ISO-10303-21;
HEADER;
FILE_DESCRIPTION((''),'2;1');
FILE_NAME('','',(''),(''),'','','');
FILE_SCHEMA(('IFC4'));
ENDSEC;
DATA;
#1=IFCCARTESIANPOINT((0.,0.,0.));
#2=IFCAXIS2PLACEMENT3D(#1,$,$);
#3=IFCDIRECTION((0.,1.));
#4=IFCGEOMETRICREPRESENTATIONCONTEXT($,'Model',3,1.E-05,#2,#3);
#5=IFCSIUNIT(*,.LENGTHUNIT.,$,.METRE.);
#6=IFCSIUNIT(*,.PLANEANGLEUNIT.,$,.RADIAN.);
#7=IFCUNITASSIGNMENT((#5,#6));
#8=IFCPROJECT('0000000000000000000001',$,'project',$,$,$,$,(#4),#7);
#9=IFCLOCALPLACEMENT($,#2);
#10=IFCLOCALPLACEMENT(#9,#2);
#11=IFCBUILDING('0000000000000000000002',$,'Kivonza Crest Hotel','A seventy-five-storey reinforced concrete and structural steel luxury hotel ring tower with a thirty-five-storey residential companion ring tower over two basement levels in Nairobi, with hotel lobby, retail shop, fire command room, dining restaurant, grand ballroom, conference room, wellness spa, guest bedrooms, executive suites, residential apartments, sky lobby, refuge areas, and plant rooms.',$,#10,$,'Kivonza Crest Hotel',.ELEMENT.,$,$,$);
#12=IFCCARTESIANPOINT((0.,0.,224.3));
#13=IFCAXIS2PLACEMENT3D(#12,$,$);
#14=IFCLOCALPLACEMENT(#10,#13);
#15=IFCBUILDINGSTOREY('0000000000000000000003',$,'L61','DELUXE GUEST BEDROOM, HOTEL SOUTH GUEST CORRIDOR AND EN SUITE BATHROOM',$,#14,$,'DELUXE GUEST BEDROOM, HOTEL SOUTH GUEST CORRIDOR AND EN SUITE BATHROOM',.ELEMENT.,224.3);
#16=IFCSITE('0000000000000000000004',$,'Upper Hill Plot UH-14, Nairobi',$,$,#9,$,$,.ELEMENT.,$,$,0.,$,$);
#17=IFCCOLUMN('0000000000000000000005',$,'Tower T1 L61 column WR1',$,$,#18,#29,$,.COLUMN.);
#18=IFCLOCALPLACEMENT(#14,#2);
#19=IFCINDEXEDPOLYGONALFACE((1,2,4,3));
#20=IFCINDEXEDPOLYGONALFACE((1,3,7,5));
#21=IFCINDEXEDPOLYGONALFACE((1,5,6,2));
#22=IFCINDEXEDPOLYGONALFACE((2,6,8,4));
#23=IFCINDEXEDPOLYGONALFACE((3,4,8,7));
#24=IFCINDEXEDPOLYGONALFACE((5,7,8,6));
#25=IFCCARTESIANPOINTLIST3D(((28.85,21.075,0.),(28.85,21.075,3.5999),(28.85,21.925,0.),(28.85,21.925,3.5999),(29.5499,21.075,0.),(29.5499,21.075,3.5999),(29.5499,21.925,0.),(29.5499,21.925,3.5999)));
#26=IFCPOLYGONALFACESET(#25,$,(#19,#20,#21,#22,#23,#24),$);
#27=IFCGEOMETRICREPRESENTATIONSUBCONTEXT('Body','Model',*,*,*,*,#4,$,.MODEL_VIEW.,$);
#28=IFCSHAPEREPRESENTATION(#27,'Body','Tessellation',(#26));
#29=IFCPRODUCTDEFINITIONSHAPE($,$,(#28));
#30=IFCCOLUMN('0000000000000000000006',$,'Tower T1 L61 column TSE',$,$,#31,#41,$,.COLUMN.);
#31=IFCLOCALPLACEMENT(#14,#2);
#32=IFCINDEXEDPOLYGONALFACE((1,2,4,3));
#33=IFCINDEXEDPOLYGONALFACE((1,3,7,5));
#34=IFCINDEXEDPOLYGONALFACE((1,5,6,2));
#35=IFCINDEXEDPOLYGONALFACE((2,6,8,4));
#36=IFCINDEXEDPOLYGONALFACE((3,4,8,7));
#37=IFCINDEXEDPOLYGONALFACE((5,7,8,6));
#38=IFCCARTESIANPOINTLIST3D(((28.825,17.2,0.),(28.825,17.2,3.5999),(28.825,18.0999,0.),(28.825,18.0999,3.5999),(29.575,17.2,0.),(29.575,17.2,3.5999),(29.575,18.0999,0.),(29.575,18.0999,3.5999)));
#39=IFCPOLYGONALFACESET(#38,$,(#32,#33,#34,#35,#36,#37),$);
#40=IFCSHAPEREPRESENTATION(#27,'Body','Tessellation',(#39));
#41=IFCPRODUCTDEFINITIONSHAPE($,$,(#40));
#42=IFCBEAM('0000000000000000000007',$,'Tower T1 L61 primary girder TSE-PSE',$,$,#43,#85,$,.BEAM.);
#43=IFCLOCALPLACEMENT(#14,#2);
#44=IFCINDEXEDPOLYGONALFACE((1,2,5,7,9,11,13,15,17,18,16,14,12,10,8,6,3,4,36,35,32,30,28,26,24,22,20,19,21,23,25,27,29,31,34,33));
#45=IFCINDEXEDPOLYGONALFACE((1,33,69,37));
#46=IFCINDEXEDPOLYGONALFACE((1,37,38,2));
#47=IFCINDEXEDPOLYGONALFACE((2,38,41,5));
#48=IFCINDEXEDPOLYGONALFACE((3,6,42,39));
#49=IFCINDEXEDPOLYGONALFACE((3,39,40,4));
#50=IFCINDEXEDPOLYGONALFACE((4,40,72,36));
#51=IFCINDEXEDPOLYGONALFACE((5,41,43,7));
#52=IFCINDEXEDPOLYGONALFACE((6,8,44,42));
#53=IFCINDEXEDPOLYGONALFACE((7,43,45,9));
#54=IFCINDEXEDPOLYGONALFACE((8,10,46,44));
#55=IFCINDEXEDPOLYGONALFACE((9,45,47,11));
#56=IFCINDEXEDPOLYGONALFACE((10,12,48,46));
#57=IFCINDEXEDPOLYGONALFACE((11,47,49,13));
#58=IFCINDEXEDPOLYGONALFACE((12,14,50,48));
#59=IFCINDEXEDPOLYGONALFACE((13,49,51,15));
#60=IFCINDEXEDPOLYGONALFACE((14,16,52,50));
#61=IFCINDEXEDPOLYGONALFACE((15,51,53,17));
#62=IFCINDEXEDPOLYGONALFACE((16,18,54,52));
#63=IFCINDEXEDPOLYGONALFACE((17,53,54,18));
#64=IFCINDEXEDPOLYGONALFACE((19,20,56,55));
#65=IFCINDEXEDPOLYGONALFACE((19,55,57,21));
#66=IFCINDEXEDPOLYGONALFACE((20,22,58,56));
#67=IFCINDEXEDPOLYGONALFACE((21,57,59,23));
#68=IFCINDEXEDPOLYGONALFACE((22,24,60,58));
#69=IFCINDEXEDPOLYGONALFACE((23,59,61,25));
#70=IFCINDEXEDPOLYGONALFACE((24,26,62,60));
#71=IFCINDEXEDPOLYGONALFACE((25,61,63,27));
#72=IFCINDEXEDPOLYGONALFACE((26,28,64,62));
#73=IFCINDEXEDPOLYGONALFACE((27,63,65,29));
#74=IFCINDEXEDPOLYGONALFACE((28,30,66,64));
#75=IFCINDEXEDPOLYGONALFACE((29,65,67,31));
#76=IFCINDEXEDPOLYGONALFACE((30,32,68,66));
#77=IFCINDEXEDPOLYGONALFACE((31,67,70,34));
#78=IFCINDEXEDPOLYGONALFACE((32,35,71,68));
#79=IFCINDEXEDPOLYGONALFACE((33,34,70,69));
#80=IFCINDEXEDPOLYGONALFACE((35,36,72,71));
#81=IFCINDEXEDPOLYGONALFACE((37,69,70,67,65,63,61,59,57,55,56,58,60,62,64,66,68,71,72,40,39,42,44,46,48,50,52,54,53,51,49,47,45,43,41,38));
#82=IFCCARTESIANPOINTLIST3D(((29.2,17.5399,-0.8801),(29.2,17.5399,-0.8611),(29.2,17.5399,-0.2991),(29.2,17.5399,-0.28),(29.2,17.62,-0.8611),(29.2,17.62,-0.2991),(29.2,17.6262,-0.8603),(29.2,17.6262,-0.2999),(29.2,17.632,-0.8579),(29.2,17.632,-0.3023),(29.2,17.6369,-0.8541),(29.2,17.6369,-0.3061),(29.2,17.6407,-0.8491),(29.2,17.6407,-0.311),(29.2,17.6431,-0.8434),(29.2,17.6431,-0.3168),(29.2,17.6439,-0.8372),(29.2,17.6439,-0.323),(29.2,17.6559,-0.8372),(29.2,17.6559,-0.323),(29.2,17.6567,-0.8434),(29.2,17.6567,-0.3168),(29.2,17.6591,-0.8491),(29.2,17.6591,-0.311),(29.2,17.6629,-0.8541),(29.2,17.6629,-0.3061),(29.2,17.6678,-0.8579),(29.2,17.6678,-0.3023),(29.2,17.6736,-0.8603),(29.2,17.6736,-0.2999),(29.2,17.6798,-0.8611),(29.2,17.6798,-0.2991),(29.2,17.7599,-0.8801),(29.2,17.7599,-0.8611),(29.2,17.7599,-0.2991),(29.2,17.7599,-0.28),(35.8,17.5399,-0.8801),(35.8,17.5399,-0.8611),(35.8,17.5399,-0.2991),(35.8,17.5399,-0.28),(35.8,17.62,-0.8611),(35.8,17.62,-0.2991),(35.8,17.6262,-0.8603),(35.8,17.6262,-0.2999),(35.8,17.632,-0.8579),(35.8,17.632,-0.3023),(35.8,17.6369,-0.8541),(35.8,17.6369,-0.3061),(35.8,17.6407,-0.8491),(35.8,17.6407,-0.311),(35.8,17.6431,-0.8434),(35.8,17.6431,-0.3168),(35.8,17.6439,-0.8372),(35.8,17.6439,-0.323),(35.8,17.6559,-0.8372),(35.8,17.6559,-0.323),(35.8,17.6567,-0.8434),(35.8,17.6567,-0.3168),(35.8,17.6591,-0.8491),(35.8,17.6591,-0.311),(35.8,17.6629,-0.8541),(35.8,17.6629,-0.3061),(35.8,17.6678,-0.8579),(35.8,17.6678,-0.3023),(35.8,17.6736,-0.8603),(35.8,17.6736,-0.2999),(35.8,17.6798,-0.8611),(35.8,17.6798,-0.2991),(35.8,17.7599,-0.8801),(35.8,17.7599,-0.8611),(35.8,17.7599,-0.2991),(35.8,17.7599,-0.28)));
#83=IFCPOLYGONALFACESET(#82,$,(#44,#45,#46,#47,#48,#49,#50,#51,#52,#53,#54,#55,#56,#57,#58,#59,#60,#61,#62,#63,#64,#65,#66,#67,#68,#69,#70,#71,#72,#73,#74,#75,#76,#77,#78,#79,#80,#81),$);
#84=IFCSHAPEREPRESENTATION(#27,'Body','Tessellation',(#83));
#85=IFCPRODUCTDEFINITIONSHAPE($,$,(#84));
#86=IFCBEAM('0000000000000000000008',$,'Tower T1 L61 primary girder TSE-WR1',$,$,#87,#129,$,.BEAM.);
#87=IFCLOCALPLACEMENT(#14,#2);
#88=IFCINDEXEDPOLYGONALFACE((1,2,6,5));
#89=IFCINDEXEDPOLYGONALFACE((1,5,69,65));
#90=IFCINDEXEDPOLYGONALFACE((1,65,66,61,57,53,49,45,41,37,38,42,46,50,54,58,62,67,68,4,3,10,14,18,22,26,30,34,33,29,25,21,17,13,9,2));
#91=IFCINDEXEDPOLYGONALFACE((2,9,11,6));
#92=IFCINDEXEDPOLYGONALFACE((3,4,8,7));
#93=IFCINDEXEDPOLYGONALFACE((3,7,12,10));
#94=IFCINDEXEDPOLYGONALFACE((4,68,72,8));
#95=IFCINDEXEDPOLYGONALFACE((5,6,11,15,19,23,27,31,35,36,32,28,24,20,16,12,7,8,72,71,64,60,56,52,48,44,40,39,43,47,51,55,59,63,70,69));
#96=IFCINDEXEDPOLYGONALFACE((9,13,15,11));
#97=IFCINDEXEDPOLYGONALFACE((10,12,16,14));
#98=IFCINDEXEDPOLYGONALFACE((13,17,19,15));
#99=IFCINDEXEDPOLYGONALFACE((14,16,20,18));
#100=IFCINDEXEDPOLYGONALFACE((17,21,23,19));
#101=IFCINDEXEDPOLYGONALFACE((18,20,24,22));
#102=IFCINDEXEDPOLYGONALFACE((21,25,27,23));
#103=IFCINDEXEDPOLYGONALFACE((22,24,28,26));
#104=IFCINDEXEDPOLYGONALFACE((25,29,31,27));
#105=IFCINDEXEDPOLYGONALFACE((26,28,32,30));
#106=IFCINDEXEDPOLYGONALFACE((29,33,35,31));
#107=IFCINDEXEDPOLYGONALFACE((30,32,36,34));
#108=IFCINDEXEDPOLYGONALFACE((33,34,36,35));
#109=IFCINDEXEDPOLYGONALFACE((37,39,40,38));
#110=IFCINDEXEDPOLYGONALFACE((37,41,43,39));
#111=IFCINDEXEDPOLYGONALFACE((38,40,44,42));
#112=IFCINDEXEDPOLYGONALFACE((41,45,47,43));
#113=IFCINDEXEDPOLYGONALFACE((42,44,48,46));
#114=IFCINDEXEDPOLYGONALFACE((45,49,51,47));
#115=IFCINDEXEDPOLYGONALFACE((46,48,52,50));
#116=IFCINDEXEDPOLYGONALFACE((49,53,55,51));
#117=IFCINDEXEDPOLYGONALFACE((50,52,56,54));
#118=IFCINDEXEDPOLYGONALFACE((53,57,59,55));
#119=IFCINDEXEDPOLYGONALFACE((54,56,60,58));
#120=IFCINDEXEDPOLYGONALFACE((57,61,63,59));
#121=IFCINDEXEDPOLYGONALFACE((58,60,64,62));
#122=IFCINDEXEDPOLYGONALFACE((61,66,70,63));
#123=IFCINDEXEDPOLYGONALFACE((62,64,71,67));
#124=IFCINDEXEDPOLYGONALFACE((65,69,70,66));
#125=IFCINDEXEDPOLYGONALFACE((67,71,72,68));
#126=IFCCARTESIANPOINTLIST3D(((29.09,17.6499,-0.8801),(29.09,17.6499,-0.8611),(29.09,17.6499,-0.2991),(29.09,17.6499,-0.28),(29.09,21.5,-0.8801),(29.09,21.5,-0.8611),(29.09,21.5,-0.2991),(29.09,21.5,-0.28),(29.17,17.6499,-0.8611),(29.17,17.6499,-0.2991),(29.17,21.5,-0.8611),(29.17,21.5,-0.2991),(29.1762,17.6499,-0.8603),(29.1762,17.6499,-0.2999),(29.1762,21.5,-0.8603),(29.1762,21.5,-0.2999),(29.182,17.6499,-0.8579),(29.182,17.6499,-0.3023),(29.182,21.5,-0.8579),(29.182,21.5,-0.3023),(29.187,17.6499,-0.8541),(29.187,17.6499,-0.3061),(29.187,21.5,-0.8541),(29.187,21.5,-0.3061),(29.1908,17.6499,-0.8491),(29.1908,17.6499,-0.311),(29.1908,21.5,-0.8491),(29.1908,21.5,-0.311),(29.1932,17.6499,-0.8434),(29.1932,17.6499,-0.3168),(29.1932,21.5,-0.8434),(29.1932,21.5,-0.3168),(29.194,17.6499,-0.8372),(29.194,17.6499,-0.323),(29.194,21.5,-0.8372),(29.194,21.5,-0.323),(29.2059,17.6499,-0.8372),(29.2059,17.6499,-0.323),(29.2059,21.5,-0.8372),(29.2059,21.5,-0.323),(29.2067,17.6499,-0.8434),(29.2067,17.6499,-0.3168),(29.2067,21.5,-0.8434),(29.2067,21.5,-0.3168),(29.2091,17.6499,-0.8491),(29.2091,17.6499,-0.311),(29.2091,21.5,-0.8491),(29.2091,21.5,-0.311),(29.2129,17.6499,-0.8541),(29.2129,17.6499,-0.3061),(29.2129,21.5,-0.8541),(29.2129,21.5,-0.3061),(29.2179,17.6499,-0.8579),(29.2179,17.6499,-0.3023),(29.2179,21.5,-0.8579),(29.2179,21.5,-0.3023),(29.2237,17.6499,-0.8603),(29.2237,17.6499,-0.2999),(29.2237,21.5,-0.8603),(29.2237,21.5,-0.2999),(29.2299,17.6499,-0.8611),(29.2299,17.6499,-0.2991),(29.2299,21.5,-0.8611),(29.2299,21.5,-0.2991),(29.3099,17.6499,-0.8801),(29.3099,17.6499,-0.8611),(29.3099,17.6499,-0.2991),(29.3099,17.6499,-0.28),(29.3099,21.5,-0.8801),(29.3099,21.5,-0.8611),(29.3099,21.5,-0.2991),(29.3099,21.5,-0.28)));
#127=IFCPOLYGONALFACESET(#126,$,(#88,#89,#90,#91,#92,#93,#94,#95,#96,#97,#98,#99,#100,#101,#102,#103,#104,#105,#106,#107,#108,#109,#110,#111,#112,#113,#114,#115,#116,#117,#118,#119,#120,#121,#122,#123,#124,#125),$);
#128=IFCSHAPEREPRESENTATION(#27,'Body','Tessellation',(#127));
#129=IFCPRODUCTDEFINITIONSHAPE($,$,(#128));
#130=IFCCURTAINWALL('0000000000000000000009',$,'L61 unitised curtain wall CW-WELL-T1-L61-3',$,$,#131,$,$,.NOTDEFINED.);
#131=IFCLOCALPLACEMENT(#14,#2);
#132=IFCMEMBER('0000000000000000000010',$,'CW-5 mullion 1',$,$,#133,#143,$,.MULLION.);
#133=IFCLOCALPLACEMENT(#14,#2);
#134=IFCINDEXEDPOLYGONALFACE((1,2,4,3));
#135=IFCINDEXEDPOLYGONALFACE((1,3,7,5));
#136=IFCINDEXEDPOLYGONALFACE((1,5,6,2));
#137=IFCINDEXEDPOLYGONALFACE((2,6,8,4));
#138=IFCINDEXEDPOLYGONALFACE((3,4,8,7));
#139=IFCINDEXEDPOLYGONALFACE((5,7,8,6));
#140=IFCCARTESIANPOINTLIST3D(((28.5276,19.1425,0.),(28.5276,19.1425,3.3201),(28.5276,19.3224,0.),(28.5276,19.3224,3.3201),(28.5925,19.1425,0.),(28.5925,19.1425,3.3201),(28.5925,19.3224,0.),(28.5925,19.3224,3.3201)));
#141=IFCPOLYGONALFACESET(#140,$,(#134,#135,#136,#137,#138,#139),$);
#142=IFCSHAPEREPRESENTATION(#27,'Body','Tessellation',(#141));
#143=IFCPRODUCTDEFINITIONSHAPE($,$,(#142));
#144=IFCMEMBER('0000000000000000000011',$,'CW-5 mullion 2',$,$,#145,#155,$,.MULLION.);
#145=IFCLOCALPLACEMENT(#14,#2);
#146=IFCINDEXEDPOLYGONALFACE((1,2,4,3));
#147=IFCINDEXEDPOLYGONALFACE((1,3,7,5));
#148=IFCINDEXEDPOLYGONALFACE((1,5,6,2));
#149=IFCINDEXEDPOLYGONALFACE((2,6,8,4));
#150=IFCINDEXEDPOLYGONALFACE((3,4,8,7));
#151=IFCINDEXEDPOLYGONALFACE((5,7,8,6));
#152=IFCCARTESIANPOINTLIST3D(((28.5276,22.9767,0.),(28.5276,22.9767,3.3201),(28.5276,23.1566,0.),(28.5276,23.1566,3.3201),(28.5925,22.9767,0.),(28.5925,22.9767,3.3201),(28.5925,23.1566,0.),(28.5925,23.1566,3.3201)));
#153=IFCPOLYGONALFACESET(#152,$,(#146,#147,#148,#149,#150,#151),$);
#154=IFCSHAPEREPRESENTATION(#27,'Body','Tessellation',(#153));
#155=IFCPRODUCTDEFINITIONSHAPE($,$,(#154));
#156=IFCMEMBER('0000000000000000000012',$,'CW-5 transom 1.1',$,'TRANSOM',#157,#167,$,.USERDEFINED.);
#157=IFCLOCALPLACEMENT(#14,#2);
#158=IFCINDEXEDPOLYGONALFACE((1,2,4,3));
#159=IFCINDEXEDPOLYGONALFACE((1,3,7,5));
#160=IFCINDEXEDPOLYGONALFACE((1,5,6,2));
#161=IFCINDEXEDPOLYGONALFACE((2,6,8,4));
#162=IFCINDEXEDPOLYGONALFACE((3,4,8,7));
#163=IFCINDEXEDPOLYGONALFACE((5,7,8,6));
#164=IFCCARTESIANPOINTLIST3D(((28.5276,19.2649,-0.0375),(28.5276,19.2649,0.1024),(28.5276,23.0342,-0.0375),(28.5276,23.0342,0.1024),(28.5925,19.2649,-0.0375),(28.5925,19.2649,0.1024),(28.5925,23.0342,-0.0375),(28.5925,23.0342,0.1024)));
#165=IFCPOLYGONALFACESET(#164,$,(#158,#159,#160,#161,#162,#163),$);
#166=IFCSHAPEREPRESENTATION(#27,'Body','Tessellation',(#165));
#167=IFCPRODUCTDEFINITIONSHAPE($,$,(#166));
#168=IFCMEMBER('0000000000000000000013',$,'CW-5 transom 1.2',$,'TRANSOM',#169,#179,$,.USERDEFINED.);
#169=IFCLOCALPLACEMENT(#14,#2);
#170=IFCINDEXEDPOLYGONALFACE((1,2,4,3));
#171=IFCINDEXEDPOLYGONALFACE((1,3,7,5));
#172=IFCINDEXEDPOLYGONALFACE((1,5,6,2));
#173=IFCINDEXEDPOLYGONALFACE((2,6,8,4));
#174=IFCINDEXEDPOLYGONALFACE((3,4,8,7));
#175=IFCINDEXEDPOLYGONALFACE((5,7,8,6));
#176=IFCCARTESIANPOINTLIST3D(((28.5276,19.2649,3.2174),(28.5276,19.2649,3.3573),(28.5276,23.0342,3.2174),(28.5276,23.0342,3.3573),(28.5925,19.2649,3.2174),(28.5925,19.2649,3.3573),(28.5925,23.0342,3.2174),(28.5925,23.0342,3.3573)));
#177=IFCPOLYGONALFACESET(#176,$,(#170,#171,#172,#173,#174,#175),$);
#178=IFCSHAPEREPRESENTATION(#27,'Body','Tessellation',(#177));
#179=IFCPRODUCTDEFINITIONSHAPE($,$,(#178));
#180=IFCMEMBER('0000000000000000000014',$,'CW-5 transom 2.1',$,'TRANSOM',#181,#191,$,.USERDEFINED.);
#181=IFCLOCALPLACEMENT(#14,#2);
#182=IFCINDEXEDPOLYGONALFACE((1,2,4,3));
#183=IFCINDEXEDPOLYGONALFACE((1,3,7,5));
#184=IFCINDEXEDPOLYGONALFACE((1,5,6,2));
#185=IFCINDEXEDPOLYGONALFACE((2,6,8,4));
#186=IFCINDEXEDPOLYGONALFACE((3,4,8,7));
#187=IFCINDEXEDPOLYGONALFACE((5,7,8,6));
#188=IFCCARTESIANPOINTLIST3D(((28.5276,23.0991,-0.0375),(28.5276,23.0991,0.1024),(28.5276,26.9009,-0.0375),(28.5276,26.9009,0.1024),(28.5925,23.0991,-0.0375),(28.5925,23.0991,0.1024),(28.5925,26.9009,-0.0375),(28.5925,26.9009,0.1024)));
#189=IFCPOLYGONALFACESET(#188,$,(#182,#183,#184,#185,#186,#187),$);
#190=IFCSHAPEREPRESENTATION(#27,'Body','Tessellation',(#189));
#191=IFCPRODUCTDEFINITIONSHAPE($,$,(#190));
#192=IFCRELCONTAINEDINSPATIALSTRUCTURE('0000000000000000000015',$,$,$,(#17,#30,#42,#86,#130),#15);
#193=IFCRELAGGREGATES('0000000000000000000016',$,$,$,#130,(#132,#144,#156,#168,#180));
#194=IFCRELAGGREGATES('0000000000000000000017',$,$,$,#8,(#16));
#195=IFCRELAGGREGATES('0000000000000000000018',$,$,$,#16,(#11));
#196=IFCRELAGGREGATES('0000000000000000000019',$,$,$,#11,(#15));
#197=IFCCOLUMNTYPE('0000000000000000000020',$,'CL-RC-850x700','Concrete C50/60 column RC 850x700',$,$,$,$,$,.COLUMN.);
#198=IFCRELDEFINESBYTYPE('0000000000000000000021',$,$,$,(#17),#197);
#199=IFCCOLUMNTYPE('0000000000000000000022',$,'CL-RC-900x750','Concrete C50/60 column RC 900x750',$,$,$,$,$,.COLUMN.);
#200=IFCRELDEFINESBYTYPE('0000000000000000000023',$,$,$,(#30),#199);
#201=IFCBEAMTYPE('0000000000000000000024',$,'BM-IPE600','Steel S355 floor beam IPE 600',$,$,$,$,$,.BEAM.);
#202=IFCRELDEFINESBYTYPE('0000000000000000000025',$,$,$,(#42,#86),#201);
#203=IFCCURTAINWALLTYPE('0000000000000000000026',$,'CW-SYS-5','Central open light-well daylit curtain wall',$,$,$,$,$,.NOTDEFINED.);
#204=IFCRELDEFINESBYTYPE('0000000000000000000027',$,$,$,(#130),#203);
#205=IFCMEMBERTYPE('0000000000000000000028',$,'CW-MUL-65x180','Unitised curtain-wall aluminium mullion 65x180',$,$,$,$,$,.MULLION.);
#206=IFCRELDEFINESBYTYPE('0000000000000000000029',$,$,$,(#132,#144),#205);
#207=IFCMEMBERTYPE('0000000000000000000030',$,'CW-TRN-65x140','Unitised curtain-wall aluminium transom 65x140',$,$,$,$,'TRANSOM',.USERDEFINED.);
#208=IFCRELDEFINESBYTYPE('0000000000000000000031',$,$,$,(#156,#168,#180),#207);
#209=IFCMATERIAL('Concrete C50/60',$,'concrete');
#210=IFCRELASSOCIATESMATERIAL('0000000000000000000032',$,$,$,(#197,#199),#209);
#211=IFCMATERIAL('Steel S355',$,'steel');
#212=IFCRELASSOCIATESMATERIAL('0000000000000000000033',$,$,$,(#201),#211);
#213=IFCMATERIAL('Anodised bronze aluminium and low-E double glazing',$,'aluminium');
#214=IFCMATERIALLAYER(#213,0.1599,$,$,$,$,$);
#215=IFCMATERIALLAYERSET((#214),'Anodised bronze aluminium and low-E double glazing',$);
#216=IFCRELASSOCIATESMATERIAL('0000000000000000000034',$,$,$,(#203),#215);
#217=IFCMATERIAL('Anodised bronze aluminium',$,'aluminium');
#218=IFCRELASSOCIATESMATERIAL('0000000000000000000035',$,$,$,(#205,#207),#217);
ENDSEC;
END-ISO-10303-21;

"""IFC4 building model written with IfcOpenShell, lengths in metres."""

from ifc_helpers import new_model, si_unit, direction, frame, origin, origin_2d, place, context, subcontext, project, spatial, rectangle, i_section, extrude, material, layer, layer_set, material_profile, profile_set, type_object, element, aggregate, save


model = new_model("IFC4")

# Units and contexts
model_context = context("Model", 3, precision=1e-05, world=origin(), true_north=direction((0.0, 1.0)))
body_context = subcontext(model_context, "Body", "Model", "MODEL_VIEW")
ifc_project = project(units=[si_unit("LENGTHUNIT", "METRE"), si_unit("PLANEANGLEUNIT", "RADIAN")], contexts=[model_context])

# Site, building, storey
site_placement = place(None, origin())
site = spatial("IfcSite", under=ifc_project, at=site_placement, Name="Upper Hill Plot UH-14, Nairobi", CompositionType="ELEMENT", RefElevation=0.0)
building_placement = place(site_placement, origin())
building = spatial("IfcBuilding", under=site, at=building_placement, Name="Kivonza Crest Hotel", Description="A seventy-five-storey reinforced concrete and structural steel luxury hotel ring tower with a thirty-five-storey residential companion ring tower over two basement levels in Nairobi, with hotel lobby, retail shop, fire command room, dining restaurant, grand ballroom, conference room, wellness spa, guest bedrooms, executive suites, residential apartments, sky lobby, refuge areas, and plant rooms.", LongName="Kivonza Crest Hotel", CompositionType="ELEMENT")
storey_placement = place(building_placement, frame((0.0, 0.0, 224.3)))
storey = spatial("IfcBuildingStorey", under=building, at=storey_placement, Name="L61", Description="DELUXE GUEST BEDROOM, HOTEL SOUTH GUEST CORRIDOR AND EN SUITE BATHROOM", LongName="DELUXE GUEST BEDROOM, HOTEL SOUTH GUEST CORRIDOR AND EN SUITE BATHROOM", CompositionType="ELEMENT", Elevation=224.3)

# Columns
ifc_material_1 = material(Name="Concrete C50/60", Category="concrete")
ifc_material_profile_1 = material_profile(ifc_material_1, rectangle(XDim=0.7, YDim=0.8501, at=origin_2d()), Name="RC 850x700")
ifc_profile_set_1 = profile_set([ifc_material_profile_1], Name="Concrete C50/60")
column_type_1 = type_object("IfcColumnType", Name="CL-RC-850x700", Description="Concrete C50/60 column RC 850x700", PredefinedType="COLUMN", material=ifc_profile_set_1)
column_1_placement = place(storey_placement, frame((29.2, 21.5, 0.0), z_axis=(0.0, 0.0, 1.0), x_axis=(1.0, 0.0, 0.0)))
element("IfcColumn", 1, at=column_1_placement, inside=storey, type_object=column_type_1, Name="Tower T1 L61 column WR1", PredefinedType="COLUMN", context=body_context, shape_type="SweptSolid", body=[
    extrude(rectangle(XDim=0.7, YDim=0.8501, at=origin_2d()), origin(), (0.0, 0.0, 1.0), 3.5999),
])
ifc_material_profile_2 = material_profile(ifc_material_1, rectangle(XDim=0.75, YDim=0.8999, at=origin_2d()), Name="RC 900x750")
ifc_profile_set_2 = profile_set([ifc_material_profile_2], Name="Concrete C50/60")
column_type_2 = type_object("IfcColumnType", Name="CL-RC-900x750", Description="Concrete C50/60 column RC 900x750", PredefinedType="COLUMN", material=ifc_profile_set_2)
column_2_placement = place(storey_placement, frame((29.2, 17.6499, 0.0), z_axis=(0.0, 0.0, 1.0), x_axis=(1.0, 0.0, 0.0)))
element("IfcColumn", 2, at=column_2_placement, inside=storey, type_object=column_type_2, Name="Tower T1 L61 column TSE", PredefinedType="COLUMN", context=body_context, shape_type="SweptSolid", body=[
    extrude(rectangle(XDim=0.75, YDim=0.8999, at=origin_2d()), origin(), (0.0, 0.0, 1.0), 3.5999),
])

# Beams
ifc_material_2 = material(Name="Steel S355", Category="steel")
ifc_material_profile_3 = material_profile(ifc_material_2, i_section(OverallWidth=0.22, OverallDepth=0.6001, WebThickness=0.012, FlangeThickness=0.019, FilletRadius=0.0239, at=origin_2d()), Name="IPE 600")
ifc_profile_set_3 = profile_set([ifc_material_profile_3], Name="Steel S355")
beam_type = type_object("IfcBeamType", Name="BM-IPE600", Description="Steel S355 floor beam IPE 600", PredefinedType="BEAM", material=ifc_profile_set_3)
beam_1_placement = place(storey_placement, frame((29.2, 17.6499, -0.5801), z_axis=(1.0, 0.0, 0.0), x_axis=(0.0, 1.0, 0.0)))
element("IfcBeam", 3, at=beam_1_placement, inside=storey, type_object=beam_type, Name="Tower T1 L61 primary girder TSE-PSE", PredefinedType="BEAM", context=body_context, shape_type="SweptSolid", body=[
    extrude(i_section(OverallWidth=0.22, OverallDepth=0.6001, WebThickness=0.012, FlangeThickness=0.019, FilletRadius=0.0239, at=origin_2d()), origin(), (0.0, 0.0, 1.0), 6.6001),
])
beam_2_placement = place(storey_placement, frame((29.2, 17.6499, -0.5801), z_axis=(0.0, 1.0, 0.0), x_axis=(-1.0, 0.0, 0.0)))
element("IfcBeam", 4, at=beam_2_placement, inside=storey, type_object=beam_type, Name="Tower T1 L61 primary girder TSE-WR1", PredefinedType="BEAM", context=body_context, shape_type="SweptSolid", body=[
    extrude(i_section(OverallWidth=0.22, OverallDepth=0.6001, WebThickness=0.012, FlangeThickness=0.019, FilletRadius=0.0239, at=origin_2d()), origin(), (0.0, 0.0, 1.0), 3.8501),
])

# Curtain wall, members
ifc_material_3 = material(Name="Anodised bronze aluminium and low-E double glazing", Category="aluminium")
ifc_layer_1 = layer(ifc_material_3, 0.1599)
ifc_layer_set_1 = layer_set([ifc_layer_1], Name="Anodised bronze aluminium and low-E double glazing")
curtain_wall_type = type_object("IfcCurtainWallType", Name="CW-SYS-5", Description="Central open light-well daylit curtain wall", PredefinedType="NOTDEFINED", material=ifc_layer_set_1)
curtain_wall_placement = place(storey_placement, origin())
curtain_wall = element("IfcCurtainWall", 5, at=curtain_wall_placement, inside=storey, type_object=curtain_wall_type, Name="L61 unitised curtain wall CW-WELL-T1-L61-3", PredefinedType="NOTDEFINED")
ifc_material_4 = material(Name="Anodised bronze aluminium", Category="aluminium")
ifc_material_profile_4 = material_profile(ifc_material_4, rectangle(XDim=0.0649, YDim=0.1799, at=origin_2d()), Name="CW-M 65x180")
ifc_profile_set_4 = profile_set([ifc_material_profile_4], Name="Anodised bronze aluminium")
member_type_1 = type_object("IfcMemberType", Name="CW-MUL-65x180", Description="Unitised curtain-wall aluminium mullion 65x180", PredefinedType="MULLION", material=ifc_profile_set_4)
member_1_placement = place(storey_placement, frame((28.5601, 19.2324, 0.0), z_axis=(0.0, 0.0, 1.0), x_axis=(-1.0, 0.0, 0.0)))
member_1 = element("IfcMember", 6, at=member_1_placement, type_object=member_type_1, Name="CW-5 mullion 1", PredefinedType="MULLION", context=body_context, shape_type="SweptSolid", body=[
    extrude(rectangle(XDim=0.0649, YDim=0.1799, at=origin_2d()), origin(), (0.0, 0.0, 1.0), 3.3201),
])
member_2_placement = place(storey_placement, frame((28.5601, 23.0667, 0.0), z_axis=(0.0, 0.0, 1.0), x_axis=(-1.0, 0.0, 0.0)))
member_2 = element("IfcMember", 7, at=member_2_placement, type_object=member_type_1, Name="CW-5 mullion 2", PredefinedType="MULLION", context=body_context, shape_type="SweptSolid", body=[
    extrude(rectangle(XDim=0.0649, YDim=0.1799, at=origin_2d()), origin(), (0.0, 0.0, 1.0), 3.3201),
])
ifc_material_profile_5 = material_profile(ifc_material_4, rectangle(XDim=0.0649, YDim=0.1399, at=origin_2d()), Name="CW-T 65x140")
ifc_profile_set_5 = profile_set([ifc_material_profile_5], Name="Anodised bronze aluminium")
member_type_2 = type_object("IfcMemberType", Name="CW-TRN-65x140", Description="Unitised curtain-wall aluminium transom 65x140", ElementType="TRANSOM", PredefinedType="USERDEFINED", material=ifc_profile_set_5)
member_3_placement = place(storey_placement, frame((28.5601, 19.2649, 0.0325), z_axis=(0.0, 1.0, 0.0), x_axis=(-1.0, 0.0, 0.0)))
member_3 = element("IfcMember", 8, at=member_3_placement, type_object=member_type_2, Name="CW-5 transom 1.1", ObjectType="TRANSOM", PredefinedType="USERDEFINED", context=body_context, shape_type="SweptSolid", body=[
    extrude(rectangle(XDim=0.0649, YDim=0.1399, at=origin_2d()), origin(), (0.0, 0.0, 1.0), 3.7693),
])
member_4_placement = place(storey_placement, frame((28.5601, 19.2649, 3.2874), z_axis=(0.0, 1.0, 0.0), x_axis=(-1.0, 0.0, 0.0)))
member_4 = element("IfcMember", 9, at=member_4_placement, type_object=member_type_2, Name="CW-5 transom 1.2", ObjectType="TRANSOM", PredefinedType="USERDEFINED", context=body_context, shape_type="SweptSolid", body=[
    extrude(rectangle(XDim=0.0649, YDim=0.1399, at=origin_2d()), origin(), (0.0, 0.0, 1.0), 3.7693),
])
member_5_placement = place(storey_placement, frame((28.5601, 23.0991, 0.0325), z_axis=(0.0, 1.0, 0.0), x_axis=(-1.0, 0.0, 0.0)))
member_5 = element("IfcMember", 10, at=member_5_placement, type_object=member_type_2, Name="CW-5 transom 2.1", ObjectType="TRANSOM", PredefinedType="USERDEFINED", context=body_context, shape_type="SweptSolid", body=[
    extrude(rectangle(XDim=0.0649, YDim=0.1399, at=origin_2d()), origin(), (0.0, 0.0, 1.0), 3.8018),
])
aggregate(curtain_wall, [member_1, member_2, member_3, member_4, member_5])

save(model, "model.ifc")
